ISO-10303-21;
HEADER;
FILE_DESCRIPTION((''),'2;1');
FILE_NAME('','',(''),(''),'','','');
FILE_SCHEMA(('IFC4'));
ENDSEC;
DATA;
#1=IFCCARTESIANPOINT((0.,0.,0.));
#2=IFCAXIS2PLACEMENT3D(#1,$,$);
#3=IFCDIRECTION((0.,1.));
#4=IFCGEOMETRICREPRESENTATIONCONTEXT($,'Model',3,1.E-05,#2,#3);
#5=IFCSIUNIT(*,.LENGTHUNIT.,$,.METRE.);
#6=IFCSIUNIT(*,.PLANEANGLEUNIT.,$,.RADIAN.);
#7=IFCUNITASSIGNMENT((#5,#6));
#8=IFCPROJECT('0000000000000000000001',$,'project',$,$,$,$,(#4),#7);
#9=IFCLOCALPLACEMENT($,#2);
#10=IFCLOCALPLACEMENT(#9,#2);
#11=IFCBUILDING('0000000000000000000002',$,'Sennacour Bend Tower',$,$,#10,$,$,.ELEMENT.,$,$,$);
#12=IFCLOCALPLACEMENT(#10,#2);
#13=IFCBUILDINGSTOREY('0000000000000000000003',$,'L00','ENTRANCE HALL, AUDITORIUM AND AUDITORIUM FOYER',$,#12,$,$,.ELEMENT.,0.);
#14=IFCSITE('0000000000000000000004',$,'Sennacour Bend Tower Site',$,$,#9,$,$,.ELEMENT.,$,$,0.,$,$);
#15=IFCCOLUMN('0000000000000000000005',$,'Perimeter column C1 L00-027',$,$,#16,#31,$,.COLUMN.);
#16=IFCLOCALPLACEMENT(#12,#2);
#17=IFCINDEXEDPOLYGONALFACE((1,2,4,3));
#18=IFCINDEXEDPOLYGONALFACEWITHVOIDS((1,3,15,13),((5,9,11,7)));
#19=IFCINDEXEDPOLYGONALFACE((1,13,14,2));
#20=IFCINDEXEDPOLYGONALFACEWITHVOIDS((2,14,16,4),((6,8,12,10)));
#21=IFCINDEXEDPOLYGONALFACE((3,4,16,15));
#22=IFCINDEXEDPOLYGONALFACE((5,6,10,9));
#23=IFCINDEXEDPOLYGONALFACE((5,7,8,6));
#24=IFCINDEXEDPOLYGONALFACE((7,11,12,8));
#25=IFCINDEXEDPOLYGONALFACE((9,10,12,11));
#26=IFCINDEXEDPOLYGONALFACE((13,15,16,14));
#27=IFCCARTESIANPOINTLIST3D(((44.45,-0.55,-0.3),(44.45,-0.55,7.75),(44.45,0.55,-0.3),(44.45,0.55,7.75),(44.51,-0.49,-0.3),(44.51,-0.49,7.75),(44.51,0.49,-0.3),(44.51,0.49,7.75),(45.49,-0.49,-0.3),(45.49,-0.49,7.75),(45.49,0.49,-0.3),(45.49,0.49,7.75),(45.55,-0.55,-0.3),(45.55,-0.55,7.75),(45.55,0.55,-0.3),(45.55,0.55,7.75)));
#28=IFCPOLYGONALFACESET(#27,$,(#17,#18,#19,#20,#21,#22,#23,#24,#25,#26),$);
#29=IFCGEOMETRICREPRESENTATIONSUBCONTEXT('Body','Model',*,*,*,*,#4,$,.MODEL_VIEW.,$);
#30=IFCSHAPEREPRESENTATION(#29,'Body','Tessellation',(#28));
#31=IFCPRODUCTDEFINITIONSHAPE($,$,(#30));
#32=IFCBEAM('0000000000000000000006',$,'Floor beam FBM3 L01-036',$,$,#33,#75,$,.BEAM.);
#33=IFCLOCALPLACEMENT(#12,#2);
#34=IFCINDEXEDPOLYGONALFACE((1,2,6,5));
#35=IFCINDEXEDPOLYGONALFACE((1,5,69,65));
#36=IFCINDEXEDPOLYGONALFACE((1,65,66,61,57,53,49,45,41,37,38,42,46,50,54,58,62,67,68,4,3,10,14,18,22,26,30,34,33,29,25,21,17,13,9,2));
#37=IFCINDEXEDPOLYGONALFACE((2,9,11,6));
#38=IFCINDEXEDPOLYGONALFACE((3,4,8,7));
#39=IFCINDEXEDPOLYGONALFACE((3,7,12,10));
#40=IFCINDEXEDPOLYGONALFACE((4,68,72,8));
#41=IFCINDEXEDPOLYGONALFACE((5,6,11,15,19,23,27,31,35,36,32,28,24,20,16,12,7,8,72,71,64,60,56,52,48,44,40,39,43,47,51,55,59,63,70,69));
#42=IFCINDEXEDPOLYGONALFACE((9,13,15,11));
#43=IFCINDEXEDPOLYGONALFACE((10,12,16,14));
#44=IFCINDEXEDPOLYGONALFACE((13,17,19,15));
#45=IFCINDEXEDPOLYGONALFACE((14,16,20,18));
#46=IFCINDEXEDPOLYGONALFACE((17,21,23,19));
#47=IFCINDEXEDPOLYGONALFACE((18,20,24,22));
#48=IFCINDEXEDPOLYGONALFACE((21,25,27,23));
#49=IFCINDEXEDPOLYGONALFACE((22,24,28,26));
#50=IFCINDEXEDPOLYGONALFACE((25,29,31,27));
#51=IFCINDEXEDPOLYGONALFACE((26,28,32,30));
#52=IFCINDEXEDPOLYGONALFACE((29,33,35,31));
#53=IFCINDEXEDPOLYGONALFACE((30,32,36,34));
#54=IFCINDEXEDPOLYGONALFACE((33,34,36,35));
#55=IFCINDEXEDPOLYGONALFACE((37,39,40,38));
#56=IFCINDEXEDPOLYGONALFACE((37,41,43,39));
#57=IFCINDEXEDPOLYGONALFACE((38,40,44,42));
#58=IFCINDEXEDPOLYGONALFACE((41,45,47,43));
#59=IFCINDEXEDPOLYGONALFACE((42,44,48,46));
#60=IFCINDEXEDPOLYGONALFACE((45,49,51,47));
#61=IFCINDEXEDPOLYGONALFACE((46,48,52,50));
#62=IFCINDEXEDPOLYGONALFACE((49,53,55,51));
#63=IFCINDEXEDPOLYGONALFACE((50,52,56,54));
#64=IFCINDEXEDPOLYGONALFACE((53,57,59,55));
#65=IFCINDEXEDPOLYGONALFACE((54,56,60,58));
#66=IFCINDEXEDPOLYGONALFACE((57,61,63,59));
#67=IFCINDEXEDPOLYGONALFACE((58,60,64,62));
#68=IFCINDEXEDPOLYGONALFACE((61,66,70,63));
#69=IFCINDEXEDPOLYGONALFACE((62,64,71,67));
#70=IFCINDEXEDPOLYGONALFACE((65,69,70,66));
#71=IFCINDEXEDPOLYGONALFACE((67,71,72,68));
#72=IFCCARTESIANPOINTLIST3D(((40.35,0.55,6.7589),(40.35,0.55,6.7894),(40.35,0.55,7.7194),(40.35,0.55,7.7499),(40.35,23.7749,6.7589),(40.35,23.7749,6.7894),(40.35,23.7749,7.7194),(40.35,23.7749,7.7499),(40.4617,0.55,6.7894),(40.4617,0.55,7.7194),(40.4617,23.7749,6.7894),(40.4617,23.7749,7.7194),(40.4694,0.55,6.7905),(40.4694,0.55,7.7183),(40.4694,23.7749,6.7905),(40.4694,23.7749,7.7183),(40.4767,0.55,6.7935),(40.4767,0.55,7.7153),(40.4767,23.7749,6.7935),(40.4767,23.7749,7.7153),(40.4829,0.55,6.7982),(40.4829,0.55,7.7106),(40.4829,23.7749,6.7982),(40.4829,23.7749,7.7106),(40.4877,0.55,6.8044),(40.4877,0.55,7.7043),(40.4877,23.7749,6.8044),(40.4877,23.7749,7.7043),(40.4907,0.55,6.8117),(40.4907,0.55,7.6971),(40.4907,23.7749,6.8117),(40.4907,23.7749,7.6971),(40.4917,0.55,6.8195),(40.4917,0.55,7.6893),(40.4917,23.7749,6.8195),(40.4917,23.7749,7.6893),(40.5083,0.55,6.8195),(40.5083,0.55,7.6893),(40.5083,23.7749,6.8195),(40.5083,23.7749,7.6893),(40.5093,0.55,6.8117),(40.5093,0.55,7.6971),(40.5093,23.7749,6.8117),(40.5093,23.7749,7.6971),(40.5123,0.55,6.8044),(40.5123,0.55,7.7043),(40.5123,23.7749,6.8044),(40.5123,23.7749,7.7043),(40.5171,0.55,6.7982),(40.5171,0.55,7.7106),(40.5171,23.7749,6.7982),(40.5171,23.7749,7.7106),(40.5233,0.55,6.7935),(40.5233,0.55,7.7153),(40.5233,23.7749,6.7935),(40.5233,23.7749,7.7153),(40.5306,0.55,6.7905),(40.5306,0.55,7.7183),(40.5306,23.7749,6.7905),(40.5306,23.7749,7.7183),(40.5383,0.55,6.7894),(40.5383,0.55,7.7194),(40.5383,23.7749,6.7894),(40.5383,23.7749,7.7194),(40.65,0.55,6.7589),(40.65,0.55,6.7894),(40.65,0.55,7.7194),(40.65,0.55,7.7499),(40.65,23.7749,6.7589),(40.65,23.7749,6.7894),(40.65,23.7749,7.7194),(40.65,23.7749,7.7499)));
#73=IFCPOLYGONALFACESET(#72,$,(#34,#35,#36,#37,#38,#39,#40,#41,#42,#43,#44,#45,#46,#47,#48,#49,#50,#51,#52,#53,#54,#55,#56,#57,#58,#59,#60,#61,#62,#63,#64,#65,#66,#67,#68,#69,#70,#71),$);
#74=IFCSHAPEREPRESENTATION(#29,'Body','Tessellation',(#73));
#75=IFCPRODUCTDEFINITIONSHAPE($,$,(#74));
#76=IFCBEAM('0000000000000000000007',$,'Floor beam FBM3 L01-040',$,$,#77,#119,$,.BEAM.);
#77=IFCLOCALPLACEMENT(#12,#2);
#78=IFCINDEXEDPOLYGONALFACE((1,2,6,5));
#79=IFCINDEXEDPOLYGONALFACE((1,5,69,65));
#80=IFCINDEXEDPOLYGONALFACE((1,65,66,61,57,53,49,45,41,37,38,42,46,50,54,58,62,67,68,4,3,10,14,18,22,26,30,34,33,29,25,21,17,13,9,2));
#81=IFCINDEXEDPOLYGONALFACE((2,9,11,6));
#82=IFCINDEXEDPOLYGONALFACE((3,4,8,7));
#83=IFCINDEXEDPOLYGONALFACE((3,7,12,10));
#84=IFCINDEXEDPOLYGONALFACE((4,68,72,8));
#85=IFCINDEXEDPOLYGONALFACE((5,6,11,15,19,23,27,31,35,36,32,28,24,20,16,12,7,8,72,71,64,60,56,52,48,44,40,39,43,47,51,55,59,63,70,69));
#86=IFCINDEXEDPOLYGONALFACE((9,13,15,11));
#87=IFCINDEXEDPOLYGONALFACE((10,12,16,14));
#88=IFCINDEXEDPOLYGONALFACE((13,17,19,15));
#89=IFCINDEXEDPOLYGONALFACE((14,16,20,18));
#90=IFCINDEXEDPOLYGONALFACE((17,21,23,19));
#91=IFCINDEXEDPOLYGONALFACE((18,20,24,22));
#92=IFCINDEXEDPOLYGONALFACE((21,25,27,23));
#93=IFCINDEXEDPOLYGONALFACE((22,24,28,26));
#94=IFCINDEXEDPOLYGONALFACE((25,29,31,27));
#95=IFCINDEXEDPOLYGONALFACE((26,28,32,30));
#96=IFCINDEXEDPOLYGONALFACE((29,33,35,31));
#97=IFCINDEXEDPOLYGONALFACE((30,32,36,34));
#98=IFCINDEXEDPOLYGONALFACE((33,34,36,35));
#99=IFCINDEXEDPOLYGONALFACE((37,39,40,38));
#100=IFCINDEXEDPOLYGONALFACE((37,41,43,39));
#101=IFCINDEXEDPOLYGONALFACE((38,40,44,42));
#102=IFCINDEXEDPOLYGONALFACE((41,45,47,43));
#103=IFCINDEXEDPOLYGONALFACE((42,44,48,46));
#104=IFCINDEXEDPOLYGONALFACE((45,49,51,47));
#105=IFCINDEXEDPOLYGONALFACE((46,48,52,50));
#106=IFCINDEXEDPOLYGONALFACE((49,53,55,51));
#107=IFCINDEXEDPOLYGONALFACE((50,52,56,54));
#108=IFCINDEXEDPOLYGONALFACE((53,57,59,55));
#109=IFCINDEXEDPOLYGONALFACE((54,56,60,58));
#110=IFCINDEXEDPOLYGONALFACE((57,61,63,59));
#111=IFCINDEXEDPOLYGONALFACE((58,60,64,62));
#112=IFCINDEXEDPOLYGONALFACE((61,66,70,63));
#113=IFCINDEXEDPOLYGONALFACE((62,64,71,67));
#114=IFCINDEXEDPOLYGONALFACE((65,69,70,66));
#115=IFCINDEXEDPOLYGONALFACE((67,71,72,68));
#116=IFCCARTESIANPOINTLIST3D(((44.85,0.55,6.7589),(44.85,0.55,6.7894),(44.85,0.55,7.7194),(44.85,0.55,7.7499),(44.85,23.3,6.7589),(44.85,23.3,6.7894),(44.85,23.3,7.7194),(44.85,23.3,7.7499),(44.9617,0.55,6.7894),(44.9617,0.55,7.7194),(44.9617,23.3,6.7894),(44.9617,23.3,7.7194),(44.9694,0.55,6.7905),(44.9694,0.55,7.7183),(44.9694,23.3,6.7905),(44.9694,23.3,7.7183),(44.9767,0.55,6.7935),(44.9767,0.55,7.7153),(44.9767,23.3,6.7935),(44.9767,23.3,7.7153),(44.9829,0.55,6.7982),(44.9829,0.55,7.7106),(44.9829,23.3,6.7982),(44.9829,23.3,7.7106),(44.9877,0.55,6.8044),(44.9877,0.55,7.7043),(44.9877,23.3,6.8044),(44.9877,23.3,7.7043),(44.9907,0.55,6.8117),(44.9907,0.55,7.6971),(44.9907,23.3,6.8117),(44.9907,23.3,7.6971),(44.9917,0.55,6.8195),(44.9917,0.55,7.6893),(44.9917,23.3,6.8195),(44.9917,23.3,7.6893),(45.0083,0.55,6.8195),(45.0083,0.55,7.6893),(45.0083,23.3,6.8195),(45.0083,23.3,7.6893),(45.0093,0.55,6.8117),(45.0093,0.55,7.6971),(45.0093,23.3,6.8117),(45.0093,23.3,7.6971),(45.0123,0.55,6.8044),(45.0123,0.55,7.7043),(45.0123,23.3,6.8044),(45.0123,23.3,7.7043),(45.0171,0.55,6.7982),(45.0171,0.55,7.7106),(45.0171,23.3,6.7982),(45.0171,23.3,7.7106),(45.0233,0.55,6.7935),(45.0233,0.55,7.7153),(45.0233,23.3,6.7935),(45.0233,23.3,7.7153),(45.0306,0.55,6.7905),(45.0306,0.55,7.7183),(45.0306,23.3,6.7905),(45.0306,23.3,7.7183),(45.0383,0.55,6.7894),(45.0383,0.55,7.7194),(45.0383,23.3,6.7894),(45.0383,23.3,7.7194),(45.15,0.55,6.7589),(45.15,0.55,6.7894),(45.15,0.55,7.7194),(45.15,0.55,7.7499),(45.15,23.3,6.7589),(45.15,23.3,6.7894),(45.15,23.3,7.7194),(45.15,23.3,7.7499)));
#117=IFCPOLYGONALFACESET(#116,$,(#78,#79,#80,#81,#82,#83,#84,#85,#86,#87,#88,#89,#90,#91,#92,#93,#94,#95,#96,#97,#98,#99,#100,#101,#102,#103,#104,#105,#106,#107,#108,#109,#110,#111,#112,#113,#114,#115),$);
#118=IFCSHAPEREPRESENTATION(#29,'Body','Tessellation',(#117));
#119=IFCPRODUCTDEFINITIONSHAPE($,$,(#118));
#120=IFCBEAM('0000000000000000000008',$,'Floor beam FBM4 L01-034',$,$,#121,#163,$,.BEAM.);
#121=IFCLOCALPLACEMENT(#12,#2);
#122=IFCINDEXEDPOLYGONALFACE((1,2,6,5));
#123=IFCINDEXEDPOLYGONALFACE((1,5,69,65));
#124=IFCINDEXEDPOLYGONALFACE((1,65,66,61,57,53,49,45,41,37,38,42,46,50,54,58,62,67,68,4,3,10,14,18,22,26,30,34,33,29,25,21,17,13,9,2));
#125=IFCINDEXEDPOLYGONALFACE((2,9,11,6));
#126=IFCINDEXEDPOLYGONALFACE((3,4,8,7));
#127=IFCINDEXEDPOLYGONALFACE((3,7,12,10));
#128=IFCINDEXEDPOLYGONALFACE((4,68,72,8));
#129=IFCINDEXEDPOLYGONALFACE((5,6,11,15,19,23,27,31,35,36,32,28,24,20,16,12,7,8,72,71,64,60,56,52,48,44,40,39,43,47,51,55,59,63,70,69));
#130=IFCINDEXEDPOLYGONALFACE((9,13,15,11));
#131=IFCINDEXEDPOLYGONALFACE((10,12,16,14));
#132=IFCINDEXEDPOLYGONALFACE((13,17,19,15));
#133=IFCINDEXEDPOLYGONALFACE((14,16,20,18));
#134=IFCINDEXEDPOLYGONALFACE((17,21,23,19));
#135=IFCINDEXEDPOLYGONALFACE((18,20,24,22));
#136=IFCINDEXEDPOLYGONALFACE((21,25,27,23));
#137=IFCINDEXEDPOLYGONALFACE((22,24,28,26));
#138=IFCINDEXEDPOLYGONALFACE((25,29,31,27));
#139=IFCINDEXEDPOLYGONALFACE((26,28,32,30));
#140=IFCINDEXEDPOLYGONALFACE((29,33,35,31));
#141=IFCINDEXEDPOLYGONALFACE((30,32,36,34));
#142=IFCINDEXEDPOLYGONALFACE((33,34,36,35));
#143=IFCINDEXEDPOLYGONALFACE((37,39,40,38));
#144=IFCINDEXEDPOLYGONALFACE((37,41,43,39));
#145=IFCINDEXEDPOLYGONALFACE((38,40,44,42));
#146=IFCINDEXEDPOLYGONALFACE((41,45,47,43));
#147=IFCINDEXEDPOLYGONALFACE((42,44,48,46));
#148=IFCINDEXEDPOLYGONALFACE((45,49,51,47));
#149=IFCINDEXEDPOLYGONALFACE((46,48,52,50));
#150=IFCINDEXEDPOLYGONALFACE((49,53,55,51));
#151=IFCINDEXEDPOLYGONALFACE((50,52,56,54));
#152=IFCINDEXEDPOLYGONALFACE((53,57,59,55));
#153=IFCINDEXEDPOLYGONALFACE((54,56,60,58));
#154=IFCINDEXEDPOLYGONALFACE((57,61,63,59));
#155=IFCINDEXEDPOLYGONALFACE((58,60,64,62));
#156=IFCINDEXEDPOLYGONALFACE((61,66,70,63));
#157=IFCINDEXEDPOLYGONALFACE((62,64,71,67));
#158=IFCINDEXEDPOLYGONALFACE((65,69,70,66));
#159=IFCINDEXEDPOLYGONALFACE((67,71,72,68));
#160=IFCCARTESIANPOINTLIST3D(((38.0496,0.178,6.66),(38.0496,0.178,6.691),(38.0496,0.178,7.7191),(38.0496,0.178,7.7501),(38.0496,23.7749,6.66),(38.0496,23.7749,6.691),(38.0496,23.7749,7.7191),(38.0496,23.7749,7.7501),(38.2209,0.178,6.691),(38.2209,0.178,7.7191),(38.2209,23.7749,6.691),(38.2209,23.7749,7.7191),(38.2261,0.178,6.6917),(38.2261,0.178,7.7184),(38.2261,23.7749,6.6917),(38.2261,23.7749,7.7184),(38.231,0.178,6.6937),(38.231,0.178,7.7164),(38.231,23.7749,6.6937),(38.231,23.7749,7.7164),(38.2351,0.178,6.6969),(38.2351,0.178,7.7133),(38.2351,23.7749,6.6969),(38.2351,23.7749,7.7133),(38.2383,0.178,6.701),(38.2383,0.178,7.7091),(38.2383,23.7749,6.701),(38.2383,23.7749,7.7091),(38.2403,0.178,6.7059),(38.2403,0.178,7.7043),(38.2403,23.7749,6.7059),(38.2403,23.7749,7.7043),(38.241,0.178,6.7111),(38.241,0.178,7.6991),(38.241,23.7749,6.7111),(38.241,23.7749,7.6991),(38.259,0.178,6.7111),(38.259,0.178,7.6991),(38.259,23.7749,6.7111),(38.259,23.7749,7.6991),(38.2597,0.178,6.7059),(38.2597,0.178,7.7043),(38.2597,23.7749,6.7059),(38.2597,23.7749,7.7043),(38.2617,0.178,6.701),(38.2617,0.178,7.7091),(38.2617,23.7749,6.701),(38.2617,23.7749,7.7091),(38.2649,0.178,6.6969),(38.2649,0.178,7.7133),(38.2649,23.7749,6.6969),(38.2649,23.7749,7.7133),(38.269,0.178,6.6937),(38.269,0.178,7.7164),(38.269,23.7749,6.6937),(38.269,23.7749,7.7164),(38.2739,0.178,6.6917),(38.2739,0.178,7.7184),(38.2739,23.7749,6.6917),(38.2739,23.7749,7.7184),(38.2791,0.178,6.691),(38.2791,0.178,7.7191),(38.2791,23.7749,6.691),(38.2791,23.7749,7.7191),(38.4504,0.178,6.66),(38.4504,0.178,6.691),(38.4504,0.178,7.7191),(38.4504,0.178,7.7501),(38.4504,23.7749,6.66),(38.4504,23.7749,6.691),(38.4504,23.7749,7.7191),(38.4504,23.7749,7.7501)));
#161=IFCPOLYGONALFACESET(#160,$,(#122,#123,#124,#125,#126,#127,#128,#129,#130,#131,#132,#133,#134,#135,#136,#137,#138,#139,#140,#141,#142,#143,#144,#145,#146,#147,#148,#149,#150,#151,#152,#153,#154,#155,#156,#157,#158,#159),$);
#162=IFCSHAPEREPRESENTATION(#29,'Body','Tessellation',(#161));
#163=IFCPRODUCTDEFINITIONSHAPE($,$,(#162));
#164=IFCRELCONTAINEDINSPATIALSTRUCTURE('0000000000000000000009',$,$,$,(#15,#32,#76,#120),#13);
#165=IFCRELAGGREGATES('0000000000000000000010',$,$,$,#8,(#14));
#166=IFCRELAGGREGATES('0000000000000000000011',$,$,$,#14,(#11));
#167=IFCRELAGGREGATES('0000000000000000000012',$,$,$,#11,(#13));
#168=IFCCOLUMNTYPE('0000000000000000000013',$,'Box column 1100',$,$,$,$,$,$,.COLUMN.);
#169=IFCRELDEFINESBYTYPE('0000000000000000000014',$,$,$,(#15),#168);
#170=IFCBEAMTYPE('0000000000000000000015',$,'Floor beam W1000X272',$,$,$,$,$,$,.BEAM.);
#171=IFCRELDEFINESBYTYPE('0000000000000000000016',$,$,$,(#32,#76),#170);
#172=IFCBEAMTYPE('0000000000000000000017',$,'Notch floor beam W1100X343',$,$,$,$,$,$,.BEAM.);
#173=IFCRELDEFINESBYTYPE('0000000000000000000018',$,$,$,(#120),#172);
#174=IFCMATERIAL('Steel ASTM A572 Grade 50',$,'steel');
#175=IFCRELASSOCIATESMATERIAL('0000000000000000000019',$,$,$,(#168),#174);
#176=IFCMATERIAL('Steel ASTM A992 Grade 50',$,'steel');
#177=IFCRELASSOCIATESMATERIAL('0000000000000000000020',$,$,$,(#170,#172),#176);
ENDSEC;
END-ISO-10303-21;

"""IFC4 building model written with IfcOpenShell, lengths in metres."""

from ifc_helpers import new_model, si_unit, direction, frame, origin, origin_2d, place, context, subcontext, project, spatial, hollow_rectangle, i_section, extrude, material, material_profile, profile_set, type_object, element, save


model = new_model("IFC4")

# Units and contexts
model_context = context("Model", 3, precision=1e-05, world=origin(), true_north=direction((0.0, 1.0)))
body_context = subcontext(model_context, "Body", "Model", "MODEL_VIEW")
ifc_project = project(units=[si_unit("LENGTHUNIT", "METRE"), si_unit("PLANEANGLEUNIT", "RADIAN")], contexts=[model_context])

# Site, building, storey
site_placement = place(None, origin())
site = spatial("IfcSite", under=ifc_project, at=site_placement, Name="Sennacour Bend Tower Site", CompositionType="ELEMENT", RefElevation=0.0)
building_placement = place(site_placement, origin())
building = spatial("IfcBuilding", under=site, at=building_placement, Name="Sennacour Bend Tower", CompositionType="ELEMENT")
storey_placement = place(building_placement, origin())
storey = spatial("IfcBuildingStorey", under=building, at=storey_placement, Name="L00", Description="ENTRANCE HALL, AUDITORIUM AND AUDITORIUM FOYER", CompositionType="ELEMENT", Elevation=0.0)

# Column
ifc_material_1 = material(Name="Steel ASTM A572 Grade 50", Category="steel")
ifc_material_profile_1 = material_profile(ifc_material_1, hollow_rectangle(XDim=1.1001, YDim=1.1001, WallThickness=0.0601, at=origin_2d()), Name="Steel ASTM A572 Grade 50", Category="steel")
ifc_profile_set_1 = profile_set([ifc_material_profile_1], Name="Steel ASTM A572 Grade 50")
column_type = type_object("IfcColumnType", Name="Box column 1100", PredefinedType="COLUMN", material=ifc_profile_set_1)
for number, where, z_axis, x_axis, name in (
    (1, (45.0, 0.0, -0.3), (0.0, 0.0, 1.0), (1.0, 0.0, 0.0), "Perimeter column C1 L00-027"),
):
    element("IfcColumn", number, at=place(storey_placement, frame(where, z_axis=z_axis, x_axis=x_axis)), inside=storey, type_object=column_type, Name=name, PredefinedType="COLUMN", context=body_context, shape_type="SweptSolid", body=[
        extrude(hollow_rectangle(XDim=1.1001, YDim=1.1001, WallThickness=0.0601, at=origin_2d()), origin(), (0.0, 0.0, 1.0), 8.05),
    ])

# Beams
ifc_material_2 = material(Name="Steel ASTM A992 Grade 50", Category="steel")
ifc_material_profile_2 = material_profile(ifc_material_2, i_section(OverallWidth=0.3, OverallDepth=0.991, WebThickness=0.0166, FlangeThickness=0.0305, FilletRadius=0.03, at=origin_2d()), Name="Steel ASTM A992 Grade 50", Category="steel")
ifc_profile_set_2 = profile_set([ifc_material_profile_2], Name="Steel ASTM A992 Grade 50")
beam_type_1 = type_object("IfcBeamType", Name="Floor beam W1000X272", PredefinedType="BEAM", material=ifc_profile_set_2)
beam_1_placement = place(storey_placement, frame((40.5, 0.55, 7.2544), z_axis=(0.0, 1.0, 0.0), x_axis=(-1.0, 0.0, 0.0)))
element("IfcBeam", 2, at=beam_1_placement, inside=storey, type_object=beam_type_1, Name="Floor beam FBM3 L01-036", PredefinedType="BEAM", context=body_context, shape_type="SweptSolid", body=[
    extrude(i_section(OverallWidth=0.3, OverallDepth=0.991, WebThickness=0.0166, FlangeThickness=0.0305, FilletRadius=0.03, at=origin_2d()), origin(), (0.0, 0.0, 1.0), 23.2249),
])
beam_2_placement = place(storey_placement, frame((45.0, 0.55, 7.2544), z_axis=(0.0, 1.0, 0.0), x_axis=(-1.0, 0.0, 0.0)))
element("IfcBeam", 3, at=beam_2_placement, inside=storey, type_object=beam_type_1, Name="Floor beam FBM3 L01-040", PredefinedType="BEAM", context=body_context, shape_type="SweptSolid", body=[
    extrude(i_section(OverallWidth=0.3, OverallDepth=0.991, WebThickness=0.0166, FlangeThickness=0.0305, FilletRadius=0.03, at=origin_2d()), origin(), (0.0, 0.0, 1.0), 22.75),
])
ifc_material_profile_3 = material_profile(ifc_material_2, i_section(OverallWidth=0.4009, OverallDepth=1.0901, WebThickness=0.0181, FlangeThickness=0.031, FilletRadius=0.02, at=origin_2d()), Name="Steel ASTM A992 Grade 50", Category="steel")
ifc_profile_set_3 = profile_set([ifc_material_profile_3], Name="Steel ASTM A992 Grade 50")
beam_type_2 = type_object("IfcBeamType", Name="Notch floor beam W1100X343", PredefinedType="BEAM", material=ifc_profile_set_3)
for number, where, z_axis, x_axis, name in (
    (4, (38.25, 0.178, 7.2051), (0.0, 1.0, 0.0), (-1.0, 0.0, 0.0), "Floor beam FBM4 L01-034"),
):
    element("IfcBeam", number, at=place(storey_placement, frame(where, z_axis=z_axis, x_axis=x_axis)), inside=storey, type_object=beam_type_2, Name=name, PredefinedType="BEAM", context=body_context, shape_type="SweptSolid", body=[
        extrude(i_section(OverallWidth=0.4009, OverallDepth=1.0901, WebThickness=0.0181, FlangeThickness=0.031, FilletRadius=0.02, at=origin_2d()), origin(), (0.0, 0.0, 1.0), 23.5969),
    ])

save(model, "model.ifc")
